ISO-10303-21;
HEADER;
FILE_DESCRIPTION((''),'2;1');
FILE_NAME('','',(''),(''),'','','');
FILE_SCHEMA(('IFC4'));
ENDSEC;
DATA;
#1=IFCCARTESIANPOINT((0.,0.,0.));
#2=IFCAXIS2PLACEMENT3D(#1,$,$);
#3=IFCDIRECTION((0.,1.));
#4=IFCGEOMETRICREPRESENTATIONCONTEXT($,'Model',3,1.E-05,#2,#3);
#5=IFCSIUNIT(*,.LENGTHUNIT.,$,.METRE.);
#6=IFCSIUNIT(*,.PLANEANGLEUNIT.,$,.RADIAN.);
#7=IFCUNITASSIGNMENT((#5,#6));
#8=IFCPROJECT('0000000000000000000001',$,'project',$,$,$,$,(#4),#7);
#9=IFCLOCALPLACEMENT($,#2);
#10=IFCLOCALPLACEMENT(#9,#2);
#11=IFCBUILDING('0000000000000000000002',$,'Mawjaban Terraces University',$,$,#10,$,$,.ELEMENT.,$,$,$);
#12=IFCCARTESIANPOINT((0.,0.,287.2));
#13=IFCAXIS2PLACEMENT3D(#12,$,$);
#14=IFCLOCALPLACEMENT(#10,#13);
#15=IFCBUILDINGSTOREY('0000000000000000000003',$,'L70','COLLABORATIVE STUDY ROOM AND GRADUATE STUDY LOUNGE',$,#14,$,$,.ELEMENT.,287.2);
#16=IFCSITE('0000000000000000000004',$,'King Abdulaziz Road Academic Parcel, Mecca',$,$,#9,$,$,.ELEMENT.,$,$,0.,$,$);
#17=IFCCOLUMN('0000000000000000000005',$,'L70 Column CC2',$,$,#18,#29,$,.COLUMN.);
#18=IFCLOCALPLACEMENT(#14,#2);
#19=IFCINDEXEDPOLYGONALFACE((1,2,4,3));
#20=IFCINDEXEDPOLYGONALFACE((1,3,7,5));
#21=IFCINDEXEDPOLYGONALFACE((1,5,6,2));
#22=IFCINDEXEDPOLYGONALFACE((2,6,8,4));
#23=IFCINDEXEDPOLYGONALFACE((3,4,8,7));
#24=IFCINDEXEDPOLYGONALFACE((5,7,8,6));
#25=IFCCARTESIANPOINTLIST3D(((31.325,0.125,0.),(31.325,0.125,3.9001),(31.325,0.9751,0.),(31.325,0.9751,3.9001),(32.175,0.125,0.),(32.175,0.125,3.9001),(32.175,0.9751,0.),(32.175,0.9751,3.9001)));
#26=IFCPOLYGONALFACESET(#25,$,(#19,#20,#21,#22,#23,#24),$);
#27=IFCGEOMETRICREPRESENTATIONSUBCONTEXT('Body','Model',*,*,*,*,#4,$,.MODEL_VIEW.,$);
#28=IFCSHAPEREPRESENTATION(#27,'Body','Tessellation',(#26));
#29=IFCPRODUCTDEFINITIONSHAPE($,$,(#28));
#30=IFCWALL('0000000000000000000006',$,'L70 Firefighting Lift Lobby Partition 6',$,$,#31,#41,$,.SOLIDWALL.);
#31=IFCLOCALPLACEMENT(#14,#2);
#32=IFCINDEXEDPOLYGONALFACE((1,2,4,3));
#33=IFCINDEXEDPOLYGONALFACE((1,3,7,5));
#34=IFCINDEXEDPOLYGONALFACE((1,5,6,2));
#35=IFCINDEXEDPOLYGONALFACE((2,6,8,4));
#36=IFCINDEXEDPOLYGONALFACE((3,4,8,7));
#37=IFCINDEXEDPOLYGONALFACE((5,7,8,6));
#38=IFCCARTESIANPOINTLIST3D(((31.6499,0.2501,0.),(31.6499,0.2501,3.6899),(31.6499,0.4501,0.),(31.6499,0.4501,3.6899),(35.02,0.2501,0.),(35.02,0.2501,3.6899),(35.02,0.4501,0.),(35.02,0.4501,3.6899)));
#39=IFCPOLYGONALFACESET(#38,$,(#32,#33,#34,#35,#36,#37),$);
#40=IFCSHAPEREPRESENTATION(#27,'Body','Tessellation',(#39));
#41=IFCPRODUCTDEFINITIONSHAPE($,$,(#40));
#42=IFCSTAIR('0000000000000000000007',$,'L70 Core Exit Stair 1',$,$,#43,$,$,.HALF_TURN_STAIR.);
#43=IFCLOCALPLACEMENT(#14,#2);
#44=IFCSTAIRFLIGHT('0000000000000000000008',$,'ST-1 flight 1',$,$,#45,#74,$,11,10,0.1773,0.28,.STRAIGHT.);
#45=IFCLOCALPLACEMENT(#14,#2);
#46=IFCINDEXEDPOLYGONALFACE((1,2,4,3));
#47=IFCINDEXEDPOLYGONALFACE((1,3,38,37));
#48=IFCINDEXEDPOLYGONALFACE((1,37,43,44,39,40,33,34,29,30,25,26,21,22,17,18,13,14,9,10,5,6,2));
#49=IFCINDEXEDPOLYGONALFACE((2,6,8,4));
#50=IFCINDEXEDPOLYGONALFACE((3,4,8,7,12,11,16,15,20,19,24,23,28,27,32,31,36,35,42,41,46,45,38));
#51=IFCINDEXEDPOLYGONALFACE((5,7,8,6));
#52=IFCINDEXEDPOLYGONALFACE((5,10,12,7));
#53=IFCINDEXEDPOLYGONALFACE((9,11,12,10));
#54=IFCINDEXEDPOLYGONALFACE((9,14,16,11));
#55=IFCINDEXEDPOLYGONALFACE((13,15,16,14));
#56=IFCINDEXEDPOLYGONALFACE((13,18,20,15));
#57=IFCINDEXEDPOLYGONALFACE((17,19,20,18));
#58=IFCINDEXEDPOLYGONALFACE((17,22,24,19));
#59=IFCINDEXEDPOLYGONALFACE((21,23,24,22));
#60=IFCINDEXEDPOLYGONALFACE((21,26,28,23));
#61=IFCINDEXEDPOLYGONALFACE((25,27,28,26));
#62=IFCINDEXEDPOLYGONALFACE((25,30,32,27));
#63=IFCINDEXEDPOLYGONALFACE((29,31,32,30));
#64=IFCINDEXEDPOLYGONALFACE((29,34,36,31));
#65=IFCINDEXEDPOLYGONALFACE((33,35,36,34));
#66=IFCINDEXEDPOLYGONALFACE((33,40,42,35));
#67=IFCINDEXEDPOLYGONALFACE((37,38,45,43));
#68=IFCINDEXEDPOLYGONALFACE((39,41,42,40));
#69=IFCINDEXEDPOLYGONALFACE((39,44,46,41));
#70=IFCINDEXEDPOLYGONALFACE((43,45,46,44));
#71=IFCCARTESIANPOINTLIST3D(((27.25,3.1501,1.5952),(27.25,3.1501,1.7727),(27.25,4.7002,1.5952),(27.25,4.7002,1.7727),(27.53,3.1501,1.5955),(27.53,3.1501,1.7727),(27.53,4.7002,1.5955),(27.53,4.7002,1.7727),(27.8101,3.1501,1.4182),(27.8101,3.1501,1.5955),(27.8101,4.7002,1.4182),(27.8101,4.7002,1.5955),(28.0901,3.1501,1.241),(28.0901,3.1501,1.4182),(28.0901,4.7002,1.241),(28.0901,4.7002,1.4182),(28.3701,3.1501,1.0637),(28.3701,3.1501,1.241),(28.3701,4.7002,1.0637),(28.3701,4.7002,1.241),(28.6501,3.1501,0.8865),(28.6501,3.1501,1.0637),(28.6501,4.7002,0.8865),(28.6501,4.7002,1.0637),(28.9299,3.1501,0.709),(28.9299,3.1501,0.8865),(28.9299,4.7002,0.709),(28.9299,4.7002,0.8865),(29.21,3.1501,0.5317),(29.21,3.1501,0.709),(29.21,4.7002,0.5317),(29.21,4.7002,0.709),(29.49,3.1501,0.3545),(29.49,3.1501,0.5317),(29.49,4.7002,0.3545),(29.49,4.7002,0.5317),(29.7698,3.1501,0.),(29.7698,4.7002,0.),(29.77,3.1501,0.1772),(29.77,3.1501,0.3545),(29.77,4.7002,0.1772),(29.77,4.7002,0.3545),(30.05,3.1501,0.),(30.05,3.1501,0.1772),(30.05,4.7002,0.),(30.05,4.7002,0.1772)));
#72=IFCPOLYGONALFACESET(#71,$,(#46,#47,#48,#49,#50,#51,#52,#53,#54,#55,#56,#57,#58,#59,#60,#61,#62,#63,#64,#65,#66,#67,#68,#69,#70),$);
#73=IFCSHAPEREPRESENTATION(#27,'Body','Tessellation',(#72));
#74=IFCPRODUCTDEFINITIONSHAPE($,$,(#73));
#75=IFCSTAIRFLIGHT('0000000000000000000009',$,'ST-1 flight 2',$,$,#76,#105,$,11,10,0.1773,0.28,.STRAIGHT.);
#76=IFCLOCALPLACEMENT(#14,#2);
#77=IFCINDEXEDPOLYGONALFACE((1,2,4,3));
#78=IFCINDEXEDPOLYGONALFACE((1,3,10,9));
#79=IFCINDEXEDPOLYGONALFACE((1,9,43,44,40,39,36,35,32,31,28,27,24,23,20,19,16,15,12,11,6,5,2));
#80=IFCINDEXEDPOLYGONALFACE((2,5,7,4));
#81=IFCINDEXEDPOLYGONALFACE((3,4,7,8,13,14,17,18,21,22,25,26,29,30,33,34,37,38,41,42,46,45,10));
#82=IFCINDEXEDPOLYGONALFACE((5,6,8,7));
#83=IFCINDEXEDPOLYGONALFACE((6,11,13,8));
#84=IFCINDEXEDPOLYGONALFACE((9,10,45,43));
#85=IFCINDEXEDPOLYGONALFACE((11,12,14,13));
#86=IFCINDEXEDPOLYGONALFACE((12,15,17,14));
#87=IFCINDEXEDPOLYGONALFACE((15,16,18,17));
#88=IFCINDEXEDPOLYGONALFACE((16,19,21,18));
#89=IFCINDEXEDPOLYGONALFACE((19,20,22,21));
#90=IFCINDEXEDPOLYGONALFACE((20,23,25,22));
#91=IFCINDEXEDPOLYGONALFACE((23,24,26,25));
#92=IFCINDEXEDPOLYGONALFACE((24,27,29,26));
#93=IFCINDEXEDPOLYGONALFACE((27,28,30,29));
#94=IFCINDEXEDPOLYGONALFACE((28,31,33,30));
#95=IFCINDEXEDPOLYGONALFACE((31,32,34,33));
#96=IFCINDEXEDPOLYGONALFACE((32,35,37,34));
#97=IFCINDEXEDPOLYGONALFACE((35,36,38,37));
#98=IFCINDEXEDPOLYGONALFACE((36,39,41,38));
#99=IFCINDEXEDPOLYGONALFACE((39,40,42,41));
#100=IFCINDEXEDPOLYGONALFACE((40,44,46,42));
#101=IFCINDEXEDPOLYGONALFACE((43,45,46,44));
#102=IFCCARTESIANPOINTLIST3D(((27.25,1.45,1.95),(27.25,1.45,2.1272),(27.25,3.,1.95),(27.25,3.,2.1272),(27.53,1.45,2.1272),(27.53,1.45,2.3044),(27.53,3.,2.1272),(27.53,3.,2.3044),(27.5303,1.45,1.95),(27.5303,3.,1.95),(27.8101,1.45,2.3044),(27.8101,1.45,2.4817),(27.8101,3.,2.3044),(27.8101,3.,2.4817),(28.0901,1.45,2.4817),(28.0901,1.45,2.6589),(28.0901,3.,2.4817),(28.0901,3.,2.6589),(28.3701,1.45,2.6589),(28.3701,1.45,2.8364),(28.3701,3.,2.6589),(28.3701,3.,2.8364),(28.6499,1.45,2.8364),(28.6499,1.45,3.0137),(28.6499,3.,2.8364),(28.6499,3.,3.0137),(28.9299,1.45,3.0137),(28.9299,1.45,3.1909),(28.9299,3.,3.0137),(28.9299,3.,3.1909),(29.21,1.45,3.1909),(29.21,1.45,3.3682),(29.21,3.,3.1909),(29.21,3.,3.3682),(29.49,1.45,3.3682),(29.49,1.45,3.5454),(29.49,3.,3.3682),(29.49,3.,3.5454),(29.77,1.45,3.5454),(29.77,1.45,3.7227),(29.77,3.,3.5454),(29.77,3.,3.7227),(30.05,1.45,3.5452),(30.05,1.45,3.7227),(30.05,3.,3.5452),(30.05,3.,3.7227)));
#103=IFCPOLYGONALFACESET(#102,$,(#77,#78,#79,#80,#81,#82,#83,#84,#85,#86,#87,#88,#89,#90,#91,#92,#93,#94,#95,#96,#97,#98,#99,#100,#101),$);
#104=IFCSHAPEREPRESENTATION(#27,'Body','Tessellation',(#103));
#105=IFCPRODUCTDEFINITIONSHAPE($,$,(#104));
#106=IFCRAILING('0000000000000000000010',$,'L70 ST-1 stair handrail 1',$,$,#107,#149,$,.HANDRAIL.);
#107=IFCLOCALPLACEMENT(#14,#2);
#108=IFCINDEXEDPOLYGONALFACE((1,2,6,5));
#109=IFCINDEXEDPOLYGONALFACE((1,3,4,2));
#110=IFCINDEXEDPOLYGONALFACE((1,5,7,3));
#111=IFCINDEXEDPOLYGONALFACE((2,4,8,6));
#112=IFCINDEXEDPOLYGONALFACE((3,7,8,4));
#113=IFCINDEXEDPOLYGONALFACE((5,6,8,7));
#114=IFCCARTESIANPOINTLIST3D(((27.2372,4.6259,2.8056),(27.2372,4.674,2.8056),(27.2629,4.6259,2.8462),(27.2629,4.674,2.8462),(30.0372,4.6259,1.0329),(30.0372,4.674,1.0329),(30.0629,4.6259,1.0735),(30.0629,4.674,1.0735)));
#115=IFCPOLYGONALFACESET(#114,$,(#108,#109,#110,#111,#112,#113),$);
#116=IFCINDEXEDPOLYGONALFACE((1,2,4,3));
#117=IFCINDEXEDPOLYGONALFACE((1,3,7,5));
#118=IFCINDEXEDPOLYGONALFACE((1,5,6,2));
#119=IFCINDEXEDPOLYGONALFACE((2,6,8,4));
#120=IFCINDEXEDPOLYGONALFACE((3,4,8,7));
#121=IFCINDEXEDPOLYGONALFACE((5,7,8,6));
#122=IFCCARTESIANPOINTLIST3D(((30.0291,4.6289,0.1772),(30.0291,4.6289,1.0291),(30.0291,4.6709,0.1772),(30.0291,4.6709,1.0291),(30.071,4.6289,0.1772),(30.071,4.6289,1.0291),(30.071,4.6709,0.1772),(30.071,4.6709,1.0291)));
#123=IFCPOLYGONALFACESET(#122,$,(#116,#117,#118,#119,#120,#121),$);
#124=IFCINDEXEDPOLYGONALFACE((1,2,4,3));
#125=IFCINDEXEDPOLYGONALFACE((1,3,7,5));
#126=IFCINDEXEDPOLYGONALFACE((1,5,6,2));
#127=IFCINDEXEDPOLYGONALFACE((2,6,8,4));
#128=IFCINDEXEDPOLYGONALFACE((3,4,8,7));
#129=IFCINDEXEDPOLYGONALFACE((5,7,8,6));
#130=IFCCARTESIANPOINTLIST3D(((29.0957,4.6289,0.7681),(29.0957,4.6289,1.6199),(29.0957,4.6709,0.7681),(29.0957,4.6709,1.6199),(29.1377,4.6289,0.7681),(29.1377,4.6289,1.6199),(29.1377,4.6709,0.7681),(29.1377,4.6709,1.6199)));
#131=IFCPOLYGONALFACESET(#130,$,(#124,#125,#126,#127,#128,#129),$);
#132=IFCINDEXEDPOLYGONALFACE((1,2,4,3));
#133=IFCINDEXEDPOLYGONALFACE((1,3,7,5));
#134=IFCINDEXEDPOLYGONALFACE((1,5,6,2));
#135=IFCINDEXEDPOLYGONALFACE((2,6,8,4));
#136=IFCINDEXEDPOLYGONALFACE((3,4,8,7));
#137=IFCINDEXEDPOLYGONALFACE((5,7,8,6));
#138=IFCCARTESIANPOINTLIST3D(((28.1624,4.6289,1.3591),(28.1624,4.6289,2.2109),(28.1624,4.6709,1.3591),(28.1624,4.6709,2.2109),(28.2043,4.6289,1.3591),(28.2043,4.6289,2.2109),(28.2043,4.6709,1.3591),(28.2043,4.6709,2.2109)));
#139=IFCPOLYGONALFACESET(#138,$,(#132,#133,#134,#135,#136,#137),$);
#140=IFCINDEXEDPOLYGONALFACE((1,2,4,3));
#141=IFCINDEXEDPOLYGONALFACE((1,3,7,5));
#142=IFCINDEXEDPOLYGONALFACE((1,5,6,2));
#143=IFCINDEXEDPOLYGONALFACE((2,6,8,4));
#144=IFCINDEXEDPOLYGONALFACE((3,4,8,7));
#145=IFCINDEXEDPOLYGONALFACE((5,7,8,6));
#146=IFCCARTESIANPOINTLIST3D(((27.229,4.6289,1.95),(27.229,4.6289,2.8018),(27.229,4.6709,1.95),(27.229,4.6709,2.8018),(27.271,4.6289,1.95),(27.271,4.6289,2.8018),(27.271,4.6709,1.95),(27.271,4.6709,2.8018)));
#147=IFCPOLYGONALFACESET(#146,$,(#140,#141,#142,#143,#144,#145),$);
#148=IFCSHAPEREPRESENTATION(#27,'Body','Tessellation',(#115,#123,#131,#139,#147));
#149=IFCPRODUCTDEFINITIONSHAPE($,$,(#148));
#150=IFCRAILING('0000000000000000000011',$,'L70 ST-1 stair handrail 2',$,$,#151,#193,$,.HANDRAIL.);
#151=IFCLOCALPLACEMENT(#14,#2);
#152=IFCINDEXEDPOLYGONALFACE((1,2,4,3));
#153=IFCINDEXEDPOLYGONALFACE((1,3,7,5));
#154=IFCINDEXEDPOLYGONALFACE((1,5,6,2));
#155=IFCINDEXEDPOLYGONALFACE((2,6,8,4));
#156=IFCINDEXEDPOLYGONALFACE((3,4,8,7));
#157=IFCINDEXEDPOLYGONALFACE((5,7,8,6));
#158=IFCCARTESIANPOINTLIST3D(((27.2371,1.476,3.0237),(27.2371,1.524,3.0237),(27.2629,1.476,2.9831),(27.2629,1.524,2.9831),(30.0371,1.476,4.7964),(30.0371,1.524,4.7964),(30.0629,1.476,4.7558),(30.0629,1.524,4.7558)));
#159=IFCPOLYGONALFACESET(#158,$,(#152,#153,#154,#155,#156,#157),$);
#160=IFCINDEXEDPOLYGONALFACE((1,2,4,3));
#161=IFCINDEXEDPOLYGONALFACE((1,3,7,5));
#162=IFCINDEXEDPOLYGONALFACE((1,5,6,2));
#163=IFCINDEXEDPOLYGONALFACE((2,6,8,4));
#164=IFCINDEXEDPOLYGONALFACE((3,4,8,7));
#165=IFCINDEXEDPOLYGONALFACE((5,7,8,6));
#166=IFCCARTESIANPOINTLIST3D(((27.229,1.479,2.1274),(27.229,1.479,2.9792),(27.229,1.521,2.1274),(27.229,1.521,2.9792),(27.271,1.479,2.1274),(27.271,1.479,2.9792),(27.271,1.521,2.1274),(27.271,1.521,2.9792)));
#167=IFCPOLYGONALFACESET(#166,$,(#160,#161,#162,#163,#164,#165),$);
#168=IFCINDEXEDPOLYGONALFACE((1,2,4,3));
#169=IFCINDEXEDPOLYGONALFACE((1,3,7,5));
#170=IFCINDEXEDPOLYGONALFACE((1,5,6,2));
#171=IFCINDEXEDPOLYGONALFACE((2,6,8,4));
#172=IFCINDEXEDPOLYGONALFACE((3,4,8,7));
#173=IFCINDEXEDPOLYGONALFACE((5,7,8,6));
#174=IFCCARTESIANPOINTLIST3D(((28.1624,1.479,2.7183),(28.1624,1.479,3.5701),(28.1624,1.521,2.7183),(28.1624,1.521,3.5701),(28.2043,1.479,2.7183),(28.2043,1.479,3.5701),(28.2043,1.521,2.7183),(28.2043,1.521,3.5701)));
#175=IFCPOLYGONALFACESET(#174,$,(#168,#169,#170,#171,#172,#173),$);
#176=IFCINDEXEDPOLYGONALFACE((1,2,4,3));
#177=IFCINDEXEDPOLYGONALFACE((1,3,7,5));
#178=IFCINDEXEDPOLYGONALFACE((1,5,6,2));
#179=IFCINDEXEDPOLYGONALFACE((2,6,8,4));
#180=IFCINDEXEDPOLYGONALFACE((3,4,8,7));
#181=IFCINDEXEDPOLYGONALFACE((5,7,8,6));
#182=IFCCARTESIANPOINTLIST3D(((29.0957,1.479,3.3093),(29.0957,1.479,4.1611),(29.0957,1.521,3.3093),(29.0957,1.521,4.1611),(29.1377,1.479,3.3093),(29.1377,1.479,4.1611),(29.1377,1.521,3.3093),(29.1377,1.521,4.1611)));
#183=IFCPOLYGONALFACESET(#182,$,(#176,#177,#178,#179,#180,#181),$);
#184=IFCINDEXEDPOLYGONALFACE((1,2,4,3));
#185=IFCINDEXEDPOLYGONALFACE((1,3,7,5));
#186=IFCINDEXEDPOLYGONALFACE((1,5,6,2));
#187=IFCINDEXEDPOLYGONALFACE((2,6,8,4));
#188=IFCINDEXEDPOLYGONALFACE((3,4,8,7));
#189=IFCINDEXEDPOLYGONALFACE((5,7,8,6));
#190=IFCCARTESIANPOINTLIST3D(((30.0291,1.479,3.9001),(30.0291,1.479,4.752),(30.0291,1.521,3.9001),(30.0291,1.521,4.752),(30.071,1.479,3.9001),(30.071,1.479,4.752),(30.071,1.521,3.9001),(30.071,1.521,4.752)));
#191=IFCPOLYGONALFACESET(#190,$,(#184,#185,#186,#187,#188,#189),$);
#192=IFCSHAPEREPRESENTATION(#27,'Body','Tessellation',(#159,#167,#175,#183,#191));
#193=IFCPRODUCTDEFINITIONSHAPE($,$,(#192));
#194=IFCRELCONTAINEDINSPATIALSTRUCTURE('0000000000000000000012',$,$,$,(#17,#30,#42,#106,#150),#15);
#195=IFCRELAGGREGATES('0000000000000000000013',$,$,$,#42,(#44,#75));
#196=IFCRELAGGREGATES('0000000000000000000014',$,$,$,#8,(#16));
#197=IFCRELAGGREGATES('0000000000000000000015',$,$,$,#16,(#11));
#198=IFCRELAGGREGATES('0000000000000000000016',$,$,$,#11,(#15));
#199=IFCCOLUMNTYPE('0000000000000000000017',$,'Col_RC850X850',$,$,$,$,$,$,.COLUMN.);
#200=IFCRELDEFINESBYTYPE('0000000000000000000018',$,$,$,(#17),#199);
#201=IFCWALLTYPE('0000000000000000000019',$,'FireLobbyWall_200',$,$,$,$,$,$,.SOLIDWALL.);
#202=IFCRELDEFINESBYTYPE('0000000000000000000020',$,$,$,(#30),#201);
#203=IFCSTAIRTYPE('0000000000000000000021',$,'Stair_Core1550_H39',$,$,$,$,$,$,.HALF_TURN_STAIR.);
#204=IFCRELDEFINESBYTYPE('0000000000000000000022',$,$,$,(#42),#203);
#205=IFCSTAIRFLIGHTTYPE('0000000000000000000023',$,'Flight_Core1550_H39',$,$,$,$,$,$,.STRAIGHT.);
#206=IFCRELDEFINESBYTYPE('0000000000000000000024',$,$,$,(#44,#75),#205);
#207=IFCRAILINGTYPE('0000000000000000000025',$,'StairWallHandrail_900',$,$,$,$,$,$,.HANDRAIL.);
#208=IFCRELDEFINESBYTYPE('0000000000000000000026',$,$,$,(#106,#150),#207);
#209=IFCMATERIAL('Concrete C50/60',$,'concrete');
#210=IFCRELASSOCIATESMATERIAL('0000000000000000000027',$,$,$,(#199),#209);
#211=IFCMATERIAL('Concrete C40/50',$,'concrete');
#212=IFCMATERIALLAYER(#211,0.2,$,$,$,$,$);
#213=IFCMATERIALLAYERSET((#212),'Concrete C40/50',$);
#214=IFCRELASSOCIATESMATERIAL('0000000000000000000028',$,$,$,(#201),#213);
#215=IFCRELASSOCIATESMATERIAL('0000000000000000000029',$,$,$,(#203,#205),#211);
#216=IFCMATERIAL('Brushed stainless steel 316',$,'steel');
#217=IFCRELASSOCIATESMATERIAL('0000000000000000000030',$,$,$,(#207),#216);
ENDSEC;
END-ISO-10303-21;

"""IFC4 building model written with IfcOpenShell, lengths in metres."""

from ifc_helpers import new_model, si_unit, direction, frame, frame_2d, origin, origin_2d, place, context, subcontext, project, spatial, polyline, rectangle, outline, extrude, material, layer, layer_set, material_profile, profile_set, type_object, element, aggregate, save


model = new_model("IFC4")

# Units and contexts
model_context = context("Model", 3, precision=1e-05, world=origin(), true_north=direction((0.0, 1.0)))
body_context = subcontext(model_context, "Body", "Model", "MODEL_VIEW")
ifc_project = project(units=[si_unit("LENGTHUNIT", "METRE"), si_unit("PLANEANGLEUNIT", "RADIAN")], contexts=[model_context])

# Site, building, storey
site_placement = place(None, origin())
site = spatial("IfcSite", under=ifc_project, at=site_placement, Name="King Abdulaziz Road Academic Parcel, Mecca", CompositionType="ELEMENT", RefElevation=0.0)
building_placement = place(site_placement, origin())
building = spatial("IfcBuilding", under=site, at=building_placement, Name="Mawjaban Terraces University", CompositionType="ELEMENT")
storey_placement = place(building_placement, frame((0.0, 0.0, 287.2)))
storey = spatial("IfcBuildingStorey", under=building, at=storey_placement, Name="L70", Description="COLLABORATIVE STUDY ROOM AND GRADUATE STUDY LOUNGE", CompositionType="ELEMENT", Elevation=287.2)

# Column
ifc_material_1 = material(Name="Concrete C50/60", Category="concrete")
ifc_material_profile = material_profile(ifc_material_1, rectangle(XDim=0.8501, YDim=0.8501, at=origin_2d()), Name="RC850X850")
ifc_profile_set = profile_set([ifc_material_profile], Name="Concrete C50/60")
column_type = type_object("IfcColumnType", Name="Col_RC850X850", PredefinedType="COLUMN", material=ifc_profile_set)
column_placement = place(storey_placement, frame((31.75, 0.55, 0.0), z_axis=(0.0, 0.0, 1.0), x_axis=(1.0, 0.0, 0.0)))
element("IfcColumn", 1, at=column_placement, inside=storey, type_object=column_type, Name="L70 Column CC2", PredefinedType="COLUMN", context=body_context, shape_type="SweptSolid", body=[
    extrude(rectangle(XDim=0.8501, YDim=0.8501, at=origin_2d()), origin(), (0.0, 0.0, 1.0), 3.9001),
])

# Shared definitions
ifc_material_2 = material(Name="Concrete C40/50", Category="concrete")
ifc_layer_1 = layer(ifc_material_2, 0.2)
ifc_layer_set_1 = layer_set([ifc_layer_1], Name="Concrete C40/50")
wall_type_1 = type_object("IfcWallType", Name="FireLobbyWall_200", PredefinedType="SOLIDWALL", material=ifc_layer_set_1)

# Wall
wall_1_placement = place(storey_placement, frame((31.6499, 0.3501, 0.0), z_axis=(0.0, 0.0, 1.0), x_axis=(1.0, 0.0, 0.0)))
element("IfcWall", 2, at=wall_1_placement, inside=storey, type_object=wall_type_1, Name="L70 Firefighting Lift Lobby Partition 6", PredefinedType="SOLIDWALL", context=body_context, shape_type="SweptSolid", body=[
    extrude(rectangle(XDim=3.3701, YDim=0.2, at=frame_2d((1.6851, 0.0))), origin(), (0.0, 0.0, 1.0), 3.6899),
])

# Stair, stair flights
stair_type = type_object("IfcStairType", Name="Stair_Core1550_H39", PredefinedType="HALF_TURN_STAIR", material=ifc_material_2)
stair_placement = place(storey_placement, origin())
stair = element("IfcStair", 3, at=stair_placement, inside=storey, type_object=stair_type, Name="L70 Core Exit Stair 1", PredefinedType="HALF_TURN_STAIR")
stair_flight_type = type_object("IfcStairFlightType", Name="Flight_Core1550_H39", PredefinedType="STRAIGHT", material=ifc_material_2)
stair_flight_1_placement = place(storey_placement, frame((30.05, 3.925, 0.0), z_axis=(0.0, 0.0, 1.0), x_axis=(-1.0, 0.0, 0.0)))
stair_flight_1 = element("IfcStairFlight", 4, at=stair_flight_1_placement, type_object=stair_flight_type, Name="ST-1 flight 1", NumberOfRisers=11, NumberOfTreads=10, PredefinedType="STRAIGHT", RiserHeight=0.1773, TreadLength=0.28, context=body_context, shape_type="SweptSolid", body=[
    extrude(outline(polyline([(0.0, 0.0), (0.0, 0.1772), (0.28, 0.1772), (0.28, 0.3545), (0.5601, 0.3545), (0.5601, 0.5317), (0.8401, 0.5317), (0.8401, 0.709), (1.1201, 0.709), (1.1201, 0.8865), (1.3999, 0.8865), (1.3999, 1.0637), (1.6799, 1.0637), (1.6799, 1.241), (1.96, 1.241), (1.96, 1.4182), (2.24, 1.4182), (2.24, 1.5955), (2.52, 1.5955), (2.52, 1.7727), (2.8, 1.7727), (2.8, 1.95), (2.8, 1.5952), (0.2803, 0.0), (0.0, 0.0)])), frame((0.0, 0.7749, 0.0), z_axis=(0.0, -1.0, 0.0), x_axis=(1.0, 0.0, 0.0)), (0.0, 0.0, 1.0), 1.55),
])
stair_flight_2_placement = place(storey_placement, frame((27.25, 2.2251, 1.95), z_axis=(0.0, 0.0, 1.0), x_axis=(1.0, 0.0, 0.0)))
stair_flight_2 = element("IfcStairFlight", 5, at=stair_flight_2_placement, type_object=stair_flight_type, Name="ST-1 flight 2", NumberOfRisers=11, NumberOfTreads=10, PredefinedType="STRAIGHT", RiserHeight=0.1773, TreadLength=0.28, context=body_context, shape_type="SweptSolid", body=[
    extrude(outline(polyline([(0.0, 0.0), (0.0, 0.1772), (0.28, 0.1772), (0.28, 0.3545), (0.5601, 0.3545), (0.5601, 0.5317), (0.8401, 0.5317), (0.8401, 0.709), (1.1201, 0.709), (1.1201, 0.8865), (1.3999, 0.8865), (1.3999, 1.0637), (1.6799, 1.0637), (1.6799, 1.241), (1.96, 1.241), (1.96, 1.4182), (2.24, 1.4182), (2.24, 1.5955), (2.52, 1.5955), (2.52, 1.7727), (2.8, 1.7727), (2.8, 1.95), (2.8, 1.5952), (0.2803, 0.0), (0.0, 0.0)])), frame((0.0, 0.7749, 0.0), z_axis=(0.0, -1.0, 0.0), x_axis=(1.0, 0.0, 0.0)), (0.0, 0.0, 1.0), 1.55),
])
aggregate(stair, [stair_flight_1, stair_flight_2])

# Railings
ifc_material_3 = material(Name="Brushed stainless steel 316", Category="steel")
railing_type_1 = type_object("IfcRailingType", Name="StairWallHandrail_900", PredefinedType="HANDRAIL", material=ifc_material_3)
railing_1_placement = place(storey_placement, frame((30.05, 4.6499, 0.1772)))
element("IfcRailing", 6, at=railing_1_placement, inside=storey, type_object=railing_type_1, Name="L70 ST-1 stair handrail 1", PredefinedType="HANDRAIL", context=body_context, shape_type="SweptSolid", body=[
    extrude(rectangle(XDim=0.0481, YDim=0.0481, at=origin_2d()), frame((0.0, 0.0, 0.876), z_axis=(-0.844909, 0.0, 0.53491), x_axis=(0.0, -1.0, 0.0)), (0.0, 0.0, 1.0), 3.314),
    extrude(rectangle(XDim=0.042, YDim=0.042, at=origin_2d()), origin(), (0.0, 0.0, 1.0), 0.8518),
    extrude(rectangle(XDim=0.042, YDim=0.042, at=origin_2d()), frame((-0.9333, 0.0, 0.5908)), (0.0, 0.0, 1.0), 0.8518),
    extrude(rectangle(XDim=0.042, YDim=0.042, at=origin_2d()), frame((-1.8667, 0.0, 1.1819)), (0.0, 0.0, 1.0), 0.8518),
    extrude(rectangle(XDim=0.042, YDim=0.042, at=origin_2d()), frame((-2.8, 0.0, 1.7727)), (0.0, 0.0, 1.0), 0.8518),
])
railing_2_placement = place(storey_placement, frame((27.25, 1.5, 2.1274)))
element("IfcRailing", 7, at=railing_2_placement, inside=storey, type_object=railing_type_1, Name="L70 ST-1 stair handrail 2", PredefinedType="HANDRAIL", context=body_context, shape_type="SweptSolid", body=[
    extrude(rectangle(XDim=0.0481, YDim=0.0481, at=origin_2d()), frame((0.0, 0.0, 0.876), z_axis=(0.844909, 0.0, 0.53491), x_axis=(0.0, 1.0, 0.0)), (0.0, 0.0, 1.0), 3.314),
    extrude(rectangle(XDim=0.042, YDim=0.042, at=origin_2d()), origin(), (0.0, 0.0, 1.0), 0.8518),
    extrude(rectangle(XDim=0.042, YDim=0.042, at=origin_2d()), frame((0.9333, 0.0, 0.5908)), (0.0, 0.0, 1.0), 0.8518),
    extrude(rectangle(XDim=0.042, YDim=0.042, at=origin_2d()), frame((1.8667, 0.0, 1.1819)), (0.0, 0.0, 1.0), 0.8518),
    extrude(rectangle(XDim=0.042, YDim=0.042, at=origin_2d()), frame((2.8, 0.0, 1.7727)), (0.0, 0.0, 1.0), 0.8518),
])

save(model, "model.ifc")
